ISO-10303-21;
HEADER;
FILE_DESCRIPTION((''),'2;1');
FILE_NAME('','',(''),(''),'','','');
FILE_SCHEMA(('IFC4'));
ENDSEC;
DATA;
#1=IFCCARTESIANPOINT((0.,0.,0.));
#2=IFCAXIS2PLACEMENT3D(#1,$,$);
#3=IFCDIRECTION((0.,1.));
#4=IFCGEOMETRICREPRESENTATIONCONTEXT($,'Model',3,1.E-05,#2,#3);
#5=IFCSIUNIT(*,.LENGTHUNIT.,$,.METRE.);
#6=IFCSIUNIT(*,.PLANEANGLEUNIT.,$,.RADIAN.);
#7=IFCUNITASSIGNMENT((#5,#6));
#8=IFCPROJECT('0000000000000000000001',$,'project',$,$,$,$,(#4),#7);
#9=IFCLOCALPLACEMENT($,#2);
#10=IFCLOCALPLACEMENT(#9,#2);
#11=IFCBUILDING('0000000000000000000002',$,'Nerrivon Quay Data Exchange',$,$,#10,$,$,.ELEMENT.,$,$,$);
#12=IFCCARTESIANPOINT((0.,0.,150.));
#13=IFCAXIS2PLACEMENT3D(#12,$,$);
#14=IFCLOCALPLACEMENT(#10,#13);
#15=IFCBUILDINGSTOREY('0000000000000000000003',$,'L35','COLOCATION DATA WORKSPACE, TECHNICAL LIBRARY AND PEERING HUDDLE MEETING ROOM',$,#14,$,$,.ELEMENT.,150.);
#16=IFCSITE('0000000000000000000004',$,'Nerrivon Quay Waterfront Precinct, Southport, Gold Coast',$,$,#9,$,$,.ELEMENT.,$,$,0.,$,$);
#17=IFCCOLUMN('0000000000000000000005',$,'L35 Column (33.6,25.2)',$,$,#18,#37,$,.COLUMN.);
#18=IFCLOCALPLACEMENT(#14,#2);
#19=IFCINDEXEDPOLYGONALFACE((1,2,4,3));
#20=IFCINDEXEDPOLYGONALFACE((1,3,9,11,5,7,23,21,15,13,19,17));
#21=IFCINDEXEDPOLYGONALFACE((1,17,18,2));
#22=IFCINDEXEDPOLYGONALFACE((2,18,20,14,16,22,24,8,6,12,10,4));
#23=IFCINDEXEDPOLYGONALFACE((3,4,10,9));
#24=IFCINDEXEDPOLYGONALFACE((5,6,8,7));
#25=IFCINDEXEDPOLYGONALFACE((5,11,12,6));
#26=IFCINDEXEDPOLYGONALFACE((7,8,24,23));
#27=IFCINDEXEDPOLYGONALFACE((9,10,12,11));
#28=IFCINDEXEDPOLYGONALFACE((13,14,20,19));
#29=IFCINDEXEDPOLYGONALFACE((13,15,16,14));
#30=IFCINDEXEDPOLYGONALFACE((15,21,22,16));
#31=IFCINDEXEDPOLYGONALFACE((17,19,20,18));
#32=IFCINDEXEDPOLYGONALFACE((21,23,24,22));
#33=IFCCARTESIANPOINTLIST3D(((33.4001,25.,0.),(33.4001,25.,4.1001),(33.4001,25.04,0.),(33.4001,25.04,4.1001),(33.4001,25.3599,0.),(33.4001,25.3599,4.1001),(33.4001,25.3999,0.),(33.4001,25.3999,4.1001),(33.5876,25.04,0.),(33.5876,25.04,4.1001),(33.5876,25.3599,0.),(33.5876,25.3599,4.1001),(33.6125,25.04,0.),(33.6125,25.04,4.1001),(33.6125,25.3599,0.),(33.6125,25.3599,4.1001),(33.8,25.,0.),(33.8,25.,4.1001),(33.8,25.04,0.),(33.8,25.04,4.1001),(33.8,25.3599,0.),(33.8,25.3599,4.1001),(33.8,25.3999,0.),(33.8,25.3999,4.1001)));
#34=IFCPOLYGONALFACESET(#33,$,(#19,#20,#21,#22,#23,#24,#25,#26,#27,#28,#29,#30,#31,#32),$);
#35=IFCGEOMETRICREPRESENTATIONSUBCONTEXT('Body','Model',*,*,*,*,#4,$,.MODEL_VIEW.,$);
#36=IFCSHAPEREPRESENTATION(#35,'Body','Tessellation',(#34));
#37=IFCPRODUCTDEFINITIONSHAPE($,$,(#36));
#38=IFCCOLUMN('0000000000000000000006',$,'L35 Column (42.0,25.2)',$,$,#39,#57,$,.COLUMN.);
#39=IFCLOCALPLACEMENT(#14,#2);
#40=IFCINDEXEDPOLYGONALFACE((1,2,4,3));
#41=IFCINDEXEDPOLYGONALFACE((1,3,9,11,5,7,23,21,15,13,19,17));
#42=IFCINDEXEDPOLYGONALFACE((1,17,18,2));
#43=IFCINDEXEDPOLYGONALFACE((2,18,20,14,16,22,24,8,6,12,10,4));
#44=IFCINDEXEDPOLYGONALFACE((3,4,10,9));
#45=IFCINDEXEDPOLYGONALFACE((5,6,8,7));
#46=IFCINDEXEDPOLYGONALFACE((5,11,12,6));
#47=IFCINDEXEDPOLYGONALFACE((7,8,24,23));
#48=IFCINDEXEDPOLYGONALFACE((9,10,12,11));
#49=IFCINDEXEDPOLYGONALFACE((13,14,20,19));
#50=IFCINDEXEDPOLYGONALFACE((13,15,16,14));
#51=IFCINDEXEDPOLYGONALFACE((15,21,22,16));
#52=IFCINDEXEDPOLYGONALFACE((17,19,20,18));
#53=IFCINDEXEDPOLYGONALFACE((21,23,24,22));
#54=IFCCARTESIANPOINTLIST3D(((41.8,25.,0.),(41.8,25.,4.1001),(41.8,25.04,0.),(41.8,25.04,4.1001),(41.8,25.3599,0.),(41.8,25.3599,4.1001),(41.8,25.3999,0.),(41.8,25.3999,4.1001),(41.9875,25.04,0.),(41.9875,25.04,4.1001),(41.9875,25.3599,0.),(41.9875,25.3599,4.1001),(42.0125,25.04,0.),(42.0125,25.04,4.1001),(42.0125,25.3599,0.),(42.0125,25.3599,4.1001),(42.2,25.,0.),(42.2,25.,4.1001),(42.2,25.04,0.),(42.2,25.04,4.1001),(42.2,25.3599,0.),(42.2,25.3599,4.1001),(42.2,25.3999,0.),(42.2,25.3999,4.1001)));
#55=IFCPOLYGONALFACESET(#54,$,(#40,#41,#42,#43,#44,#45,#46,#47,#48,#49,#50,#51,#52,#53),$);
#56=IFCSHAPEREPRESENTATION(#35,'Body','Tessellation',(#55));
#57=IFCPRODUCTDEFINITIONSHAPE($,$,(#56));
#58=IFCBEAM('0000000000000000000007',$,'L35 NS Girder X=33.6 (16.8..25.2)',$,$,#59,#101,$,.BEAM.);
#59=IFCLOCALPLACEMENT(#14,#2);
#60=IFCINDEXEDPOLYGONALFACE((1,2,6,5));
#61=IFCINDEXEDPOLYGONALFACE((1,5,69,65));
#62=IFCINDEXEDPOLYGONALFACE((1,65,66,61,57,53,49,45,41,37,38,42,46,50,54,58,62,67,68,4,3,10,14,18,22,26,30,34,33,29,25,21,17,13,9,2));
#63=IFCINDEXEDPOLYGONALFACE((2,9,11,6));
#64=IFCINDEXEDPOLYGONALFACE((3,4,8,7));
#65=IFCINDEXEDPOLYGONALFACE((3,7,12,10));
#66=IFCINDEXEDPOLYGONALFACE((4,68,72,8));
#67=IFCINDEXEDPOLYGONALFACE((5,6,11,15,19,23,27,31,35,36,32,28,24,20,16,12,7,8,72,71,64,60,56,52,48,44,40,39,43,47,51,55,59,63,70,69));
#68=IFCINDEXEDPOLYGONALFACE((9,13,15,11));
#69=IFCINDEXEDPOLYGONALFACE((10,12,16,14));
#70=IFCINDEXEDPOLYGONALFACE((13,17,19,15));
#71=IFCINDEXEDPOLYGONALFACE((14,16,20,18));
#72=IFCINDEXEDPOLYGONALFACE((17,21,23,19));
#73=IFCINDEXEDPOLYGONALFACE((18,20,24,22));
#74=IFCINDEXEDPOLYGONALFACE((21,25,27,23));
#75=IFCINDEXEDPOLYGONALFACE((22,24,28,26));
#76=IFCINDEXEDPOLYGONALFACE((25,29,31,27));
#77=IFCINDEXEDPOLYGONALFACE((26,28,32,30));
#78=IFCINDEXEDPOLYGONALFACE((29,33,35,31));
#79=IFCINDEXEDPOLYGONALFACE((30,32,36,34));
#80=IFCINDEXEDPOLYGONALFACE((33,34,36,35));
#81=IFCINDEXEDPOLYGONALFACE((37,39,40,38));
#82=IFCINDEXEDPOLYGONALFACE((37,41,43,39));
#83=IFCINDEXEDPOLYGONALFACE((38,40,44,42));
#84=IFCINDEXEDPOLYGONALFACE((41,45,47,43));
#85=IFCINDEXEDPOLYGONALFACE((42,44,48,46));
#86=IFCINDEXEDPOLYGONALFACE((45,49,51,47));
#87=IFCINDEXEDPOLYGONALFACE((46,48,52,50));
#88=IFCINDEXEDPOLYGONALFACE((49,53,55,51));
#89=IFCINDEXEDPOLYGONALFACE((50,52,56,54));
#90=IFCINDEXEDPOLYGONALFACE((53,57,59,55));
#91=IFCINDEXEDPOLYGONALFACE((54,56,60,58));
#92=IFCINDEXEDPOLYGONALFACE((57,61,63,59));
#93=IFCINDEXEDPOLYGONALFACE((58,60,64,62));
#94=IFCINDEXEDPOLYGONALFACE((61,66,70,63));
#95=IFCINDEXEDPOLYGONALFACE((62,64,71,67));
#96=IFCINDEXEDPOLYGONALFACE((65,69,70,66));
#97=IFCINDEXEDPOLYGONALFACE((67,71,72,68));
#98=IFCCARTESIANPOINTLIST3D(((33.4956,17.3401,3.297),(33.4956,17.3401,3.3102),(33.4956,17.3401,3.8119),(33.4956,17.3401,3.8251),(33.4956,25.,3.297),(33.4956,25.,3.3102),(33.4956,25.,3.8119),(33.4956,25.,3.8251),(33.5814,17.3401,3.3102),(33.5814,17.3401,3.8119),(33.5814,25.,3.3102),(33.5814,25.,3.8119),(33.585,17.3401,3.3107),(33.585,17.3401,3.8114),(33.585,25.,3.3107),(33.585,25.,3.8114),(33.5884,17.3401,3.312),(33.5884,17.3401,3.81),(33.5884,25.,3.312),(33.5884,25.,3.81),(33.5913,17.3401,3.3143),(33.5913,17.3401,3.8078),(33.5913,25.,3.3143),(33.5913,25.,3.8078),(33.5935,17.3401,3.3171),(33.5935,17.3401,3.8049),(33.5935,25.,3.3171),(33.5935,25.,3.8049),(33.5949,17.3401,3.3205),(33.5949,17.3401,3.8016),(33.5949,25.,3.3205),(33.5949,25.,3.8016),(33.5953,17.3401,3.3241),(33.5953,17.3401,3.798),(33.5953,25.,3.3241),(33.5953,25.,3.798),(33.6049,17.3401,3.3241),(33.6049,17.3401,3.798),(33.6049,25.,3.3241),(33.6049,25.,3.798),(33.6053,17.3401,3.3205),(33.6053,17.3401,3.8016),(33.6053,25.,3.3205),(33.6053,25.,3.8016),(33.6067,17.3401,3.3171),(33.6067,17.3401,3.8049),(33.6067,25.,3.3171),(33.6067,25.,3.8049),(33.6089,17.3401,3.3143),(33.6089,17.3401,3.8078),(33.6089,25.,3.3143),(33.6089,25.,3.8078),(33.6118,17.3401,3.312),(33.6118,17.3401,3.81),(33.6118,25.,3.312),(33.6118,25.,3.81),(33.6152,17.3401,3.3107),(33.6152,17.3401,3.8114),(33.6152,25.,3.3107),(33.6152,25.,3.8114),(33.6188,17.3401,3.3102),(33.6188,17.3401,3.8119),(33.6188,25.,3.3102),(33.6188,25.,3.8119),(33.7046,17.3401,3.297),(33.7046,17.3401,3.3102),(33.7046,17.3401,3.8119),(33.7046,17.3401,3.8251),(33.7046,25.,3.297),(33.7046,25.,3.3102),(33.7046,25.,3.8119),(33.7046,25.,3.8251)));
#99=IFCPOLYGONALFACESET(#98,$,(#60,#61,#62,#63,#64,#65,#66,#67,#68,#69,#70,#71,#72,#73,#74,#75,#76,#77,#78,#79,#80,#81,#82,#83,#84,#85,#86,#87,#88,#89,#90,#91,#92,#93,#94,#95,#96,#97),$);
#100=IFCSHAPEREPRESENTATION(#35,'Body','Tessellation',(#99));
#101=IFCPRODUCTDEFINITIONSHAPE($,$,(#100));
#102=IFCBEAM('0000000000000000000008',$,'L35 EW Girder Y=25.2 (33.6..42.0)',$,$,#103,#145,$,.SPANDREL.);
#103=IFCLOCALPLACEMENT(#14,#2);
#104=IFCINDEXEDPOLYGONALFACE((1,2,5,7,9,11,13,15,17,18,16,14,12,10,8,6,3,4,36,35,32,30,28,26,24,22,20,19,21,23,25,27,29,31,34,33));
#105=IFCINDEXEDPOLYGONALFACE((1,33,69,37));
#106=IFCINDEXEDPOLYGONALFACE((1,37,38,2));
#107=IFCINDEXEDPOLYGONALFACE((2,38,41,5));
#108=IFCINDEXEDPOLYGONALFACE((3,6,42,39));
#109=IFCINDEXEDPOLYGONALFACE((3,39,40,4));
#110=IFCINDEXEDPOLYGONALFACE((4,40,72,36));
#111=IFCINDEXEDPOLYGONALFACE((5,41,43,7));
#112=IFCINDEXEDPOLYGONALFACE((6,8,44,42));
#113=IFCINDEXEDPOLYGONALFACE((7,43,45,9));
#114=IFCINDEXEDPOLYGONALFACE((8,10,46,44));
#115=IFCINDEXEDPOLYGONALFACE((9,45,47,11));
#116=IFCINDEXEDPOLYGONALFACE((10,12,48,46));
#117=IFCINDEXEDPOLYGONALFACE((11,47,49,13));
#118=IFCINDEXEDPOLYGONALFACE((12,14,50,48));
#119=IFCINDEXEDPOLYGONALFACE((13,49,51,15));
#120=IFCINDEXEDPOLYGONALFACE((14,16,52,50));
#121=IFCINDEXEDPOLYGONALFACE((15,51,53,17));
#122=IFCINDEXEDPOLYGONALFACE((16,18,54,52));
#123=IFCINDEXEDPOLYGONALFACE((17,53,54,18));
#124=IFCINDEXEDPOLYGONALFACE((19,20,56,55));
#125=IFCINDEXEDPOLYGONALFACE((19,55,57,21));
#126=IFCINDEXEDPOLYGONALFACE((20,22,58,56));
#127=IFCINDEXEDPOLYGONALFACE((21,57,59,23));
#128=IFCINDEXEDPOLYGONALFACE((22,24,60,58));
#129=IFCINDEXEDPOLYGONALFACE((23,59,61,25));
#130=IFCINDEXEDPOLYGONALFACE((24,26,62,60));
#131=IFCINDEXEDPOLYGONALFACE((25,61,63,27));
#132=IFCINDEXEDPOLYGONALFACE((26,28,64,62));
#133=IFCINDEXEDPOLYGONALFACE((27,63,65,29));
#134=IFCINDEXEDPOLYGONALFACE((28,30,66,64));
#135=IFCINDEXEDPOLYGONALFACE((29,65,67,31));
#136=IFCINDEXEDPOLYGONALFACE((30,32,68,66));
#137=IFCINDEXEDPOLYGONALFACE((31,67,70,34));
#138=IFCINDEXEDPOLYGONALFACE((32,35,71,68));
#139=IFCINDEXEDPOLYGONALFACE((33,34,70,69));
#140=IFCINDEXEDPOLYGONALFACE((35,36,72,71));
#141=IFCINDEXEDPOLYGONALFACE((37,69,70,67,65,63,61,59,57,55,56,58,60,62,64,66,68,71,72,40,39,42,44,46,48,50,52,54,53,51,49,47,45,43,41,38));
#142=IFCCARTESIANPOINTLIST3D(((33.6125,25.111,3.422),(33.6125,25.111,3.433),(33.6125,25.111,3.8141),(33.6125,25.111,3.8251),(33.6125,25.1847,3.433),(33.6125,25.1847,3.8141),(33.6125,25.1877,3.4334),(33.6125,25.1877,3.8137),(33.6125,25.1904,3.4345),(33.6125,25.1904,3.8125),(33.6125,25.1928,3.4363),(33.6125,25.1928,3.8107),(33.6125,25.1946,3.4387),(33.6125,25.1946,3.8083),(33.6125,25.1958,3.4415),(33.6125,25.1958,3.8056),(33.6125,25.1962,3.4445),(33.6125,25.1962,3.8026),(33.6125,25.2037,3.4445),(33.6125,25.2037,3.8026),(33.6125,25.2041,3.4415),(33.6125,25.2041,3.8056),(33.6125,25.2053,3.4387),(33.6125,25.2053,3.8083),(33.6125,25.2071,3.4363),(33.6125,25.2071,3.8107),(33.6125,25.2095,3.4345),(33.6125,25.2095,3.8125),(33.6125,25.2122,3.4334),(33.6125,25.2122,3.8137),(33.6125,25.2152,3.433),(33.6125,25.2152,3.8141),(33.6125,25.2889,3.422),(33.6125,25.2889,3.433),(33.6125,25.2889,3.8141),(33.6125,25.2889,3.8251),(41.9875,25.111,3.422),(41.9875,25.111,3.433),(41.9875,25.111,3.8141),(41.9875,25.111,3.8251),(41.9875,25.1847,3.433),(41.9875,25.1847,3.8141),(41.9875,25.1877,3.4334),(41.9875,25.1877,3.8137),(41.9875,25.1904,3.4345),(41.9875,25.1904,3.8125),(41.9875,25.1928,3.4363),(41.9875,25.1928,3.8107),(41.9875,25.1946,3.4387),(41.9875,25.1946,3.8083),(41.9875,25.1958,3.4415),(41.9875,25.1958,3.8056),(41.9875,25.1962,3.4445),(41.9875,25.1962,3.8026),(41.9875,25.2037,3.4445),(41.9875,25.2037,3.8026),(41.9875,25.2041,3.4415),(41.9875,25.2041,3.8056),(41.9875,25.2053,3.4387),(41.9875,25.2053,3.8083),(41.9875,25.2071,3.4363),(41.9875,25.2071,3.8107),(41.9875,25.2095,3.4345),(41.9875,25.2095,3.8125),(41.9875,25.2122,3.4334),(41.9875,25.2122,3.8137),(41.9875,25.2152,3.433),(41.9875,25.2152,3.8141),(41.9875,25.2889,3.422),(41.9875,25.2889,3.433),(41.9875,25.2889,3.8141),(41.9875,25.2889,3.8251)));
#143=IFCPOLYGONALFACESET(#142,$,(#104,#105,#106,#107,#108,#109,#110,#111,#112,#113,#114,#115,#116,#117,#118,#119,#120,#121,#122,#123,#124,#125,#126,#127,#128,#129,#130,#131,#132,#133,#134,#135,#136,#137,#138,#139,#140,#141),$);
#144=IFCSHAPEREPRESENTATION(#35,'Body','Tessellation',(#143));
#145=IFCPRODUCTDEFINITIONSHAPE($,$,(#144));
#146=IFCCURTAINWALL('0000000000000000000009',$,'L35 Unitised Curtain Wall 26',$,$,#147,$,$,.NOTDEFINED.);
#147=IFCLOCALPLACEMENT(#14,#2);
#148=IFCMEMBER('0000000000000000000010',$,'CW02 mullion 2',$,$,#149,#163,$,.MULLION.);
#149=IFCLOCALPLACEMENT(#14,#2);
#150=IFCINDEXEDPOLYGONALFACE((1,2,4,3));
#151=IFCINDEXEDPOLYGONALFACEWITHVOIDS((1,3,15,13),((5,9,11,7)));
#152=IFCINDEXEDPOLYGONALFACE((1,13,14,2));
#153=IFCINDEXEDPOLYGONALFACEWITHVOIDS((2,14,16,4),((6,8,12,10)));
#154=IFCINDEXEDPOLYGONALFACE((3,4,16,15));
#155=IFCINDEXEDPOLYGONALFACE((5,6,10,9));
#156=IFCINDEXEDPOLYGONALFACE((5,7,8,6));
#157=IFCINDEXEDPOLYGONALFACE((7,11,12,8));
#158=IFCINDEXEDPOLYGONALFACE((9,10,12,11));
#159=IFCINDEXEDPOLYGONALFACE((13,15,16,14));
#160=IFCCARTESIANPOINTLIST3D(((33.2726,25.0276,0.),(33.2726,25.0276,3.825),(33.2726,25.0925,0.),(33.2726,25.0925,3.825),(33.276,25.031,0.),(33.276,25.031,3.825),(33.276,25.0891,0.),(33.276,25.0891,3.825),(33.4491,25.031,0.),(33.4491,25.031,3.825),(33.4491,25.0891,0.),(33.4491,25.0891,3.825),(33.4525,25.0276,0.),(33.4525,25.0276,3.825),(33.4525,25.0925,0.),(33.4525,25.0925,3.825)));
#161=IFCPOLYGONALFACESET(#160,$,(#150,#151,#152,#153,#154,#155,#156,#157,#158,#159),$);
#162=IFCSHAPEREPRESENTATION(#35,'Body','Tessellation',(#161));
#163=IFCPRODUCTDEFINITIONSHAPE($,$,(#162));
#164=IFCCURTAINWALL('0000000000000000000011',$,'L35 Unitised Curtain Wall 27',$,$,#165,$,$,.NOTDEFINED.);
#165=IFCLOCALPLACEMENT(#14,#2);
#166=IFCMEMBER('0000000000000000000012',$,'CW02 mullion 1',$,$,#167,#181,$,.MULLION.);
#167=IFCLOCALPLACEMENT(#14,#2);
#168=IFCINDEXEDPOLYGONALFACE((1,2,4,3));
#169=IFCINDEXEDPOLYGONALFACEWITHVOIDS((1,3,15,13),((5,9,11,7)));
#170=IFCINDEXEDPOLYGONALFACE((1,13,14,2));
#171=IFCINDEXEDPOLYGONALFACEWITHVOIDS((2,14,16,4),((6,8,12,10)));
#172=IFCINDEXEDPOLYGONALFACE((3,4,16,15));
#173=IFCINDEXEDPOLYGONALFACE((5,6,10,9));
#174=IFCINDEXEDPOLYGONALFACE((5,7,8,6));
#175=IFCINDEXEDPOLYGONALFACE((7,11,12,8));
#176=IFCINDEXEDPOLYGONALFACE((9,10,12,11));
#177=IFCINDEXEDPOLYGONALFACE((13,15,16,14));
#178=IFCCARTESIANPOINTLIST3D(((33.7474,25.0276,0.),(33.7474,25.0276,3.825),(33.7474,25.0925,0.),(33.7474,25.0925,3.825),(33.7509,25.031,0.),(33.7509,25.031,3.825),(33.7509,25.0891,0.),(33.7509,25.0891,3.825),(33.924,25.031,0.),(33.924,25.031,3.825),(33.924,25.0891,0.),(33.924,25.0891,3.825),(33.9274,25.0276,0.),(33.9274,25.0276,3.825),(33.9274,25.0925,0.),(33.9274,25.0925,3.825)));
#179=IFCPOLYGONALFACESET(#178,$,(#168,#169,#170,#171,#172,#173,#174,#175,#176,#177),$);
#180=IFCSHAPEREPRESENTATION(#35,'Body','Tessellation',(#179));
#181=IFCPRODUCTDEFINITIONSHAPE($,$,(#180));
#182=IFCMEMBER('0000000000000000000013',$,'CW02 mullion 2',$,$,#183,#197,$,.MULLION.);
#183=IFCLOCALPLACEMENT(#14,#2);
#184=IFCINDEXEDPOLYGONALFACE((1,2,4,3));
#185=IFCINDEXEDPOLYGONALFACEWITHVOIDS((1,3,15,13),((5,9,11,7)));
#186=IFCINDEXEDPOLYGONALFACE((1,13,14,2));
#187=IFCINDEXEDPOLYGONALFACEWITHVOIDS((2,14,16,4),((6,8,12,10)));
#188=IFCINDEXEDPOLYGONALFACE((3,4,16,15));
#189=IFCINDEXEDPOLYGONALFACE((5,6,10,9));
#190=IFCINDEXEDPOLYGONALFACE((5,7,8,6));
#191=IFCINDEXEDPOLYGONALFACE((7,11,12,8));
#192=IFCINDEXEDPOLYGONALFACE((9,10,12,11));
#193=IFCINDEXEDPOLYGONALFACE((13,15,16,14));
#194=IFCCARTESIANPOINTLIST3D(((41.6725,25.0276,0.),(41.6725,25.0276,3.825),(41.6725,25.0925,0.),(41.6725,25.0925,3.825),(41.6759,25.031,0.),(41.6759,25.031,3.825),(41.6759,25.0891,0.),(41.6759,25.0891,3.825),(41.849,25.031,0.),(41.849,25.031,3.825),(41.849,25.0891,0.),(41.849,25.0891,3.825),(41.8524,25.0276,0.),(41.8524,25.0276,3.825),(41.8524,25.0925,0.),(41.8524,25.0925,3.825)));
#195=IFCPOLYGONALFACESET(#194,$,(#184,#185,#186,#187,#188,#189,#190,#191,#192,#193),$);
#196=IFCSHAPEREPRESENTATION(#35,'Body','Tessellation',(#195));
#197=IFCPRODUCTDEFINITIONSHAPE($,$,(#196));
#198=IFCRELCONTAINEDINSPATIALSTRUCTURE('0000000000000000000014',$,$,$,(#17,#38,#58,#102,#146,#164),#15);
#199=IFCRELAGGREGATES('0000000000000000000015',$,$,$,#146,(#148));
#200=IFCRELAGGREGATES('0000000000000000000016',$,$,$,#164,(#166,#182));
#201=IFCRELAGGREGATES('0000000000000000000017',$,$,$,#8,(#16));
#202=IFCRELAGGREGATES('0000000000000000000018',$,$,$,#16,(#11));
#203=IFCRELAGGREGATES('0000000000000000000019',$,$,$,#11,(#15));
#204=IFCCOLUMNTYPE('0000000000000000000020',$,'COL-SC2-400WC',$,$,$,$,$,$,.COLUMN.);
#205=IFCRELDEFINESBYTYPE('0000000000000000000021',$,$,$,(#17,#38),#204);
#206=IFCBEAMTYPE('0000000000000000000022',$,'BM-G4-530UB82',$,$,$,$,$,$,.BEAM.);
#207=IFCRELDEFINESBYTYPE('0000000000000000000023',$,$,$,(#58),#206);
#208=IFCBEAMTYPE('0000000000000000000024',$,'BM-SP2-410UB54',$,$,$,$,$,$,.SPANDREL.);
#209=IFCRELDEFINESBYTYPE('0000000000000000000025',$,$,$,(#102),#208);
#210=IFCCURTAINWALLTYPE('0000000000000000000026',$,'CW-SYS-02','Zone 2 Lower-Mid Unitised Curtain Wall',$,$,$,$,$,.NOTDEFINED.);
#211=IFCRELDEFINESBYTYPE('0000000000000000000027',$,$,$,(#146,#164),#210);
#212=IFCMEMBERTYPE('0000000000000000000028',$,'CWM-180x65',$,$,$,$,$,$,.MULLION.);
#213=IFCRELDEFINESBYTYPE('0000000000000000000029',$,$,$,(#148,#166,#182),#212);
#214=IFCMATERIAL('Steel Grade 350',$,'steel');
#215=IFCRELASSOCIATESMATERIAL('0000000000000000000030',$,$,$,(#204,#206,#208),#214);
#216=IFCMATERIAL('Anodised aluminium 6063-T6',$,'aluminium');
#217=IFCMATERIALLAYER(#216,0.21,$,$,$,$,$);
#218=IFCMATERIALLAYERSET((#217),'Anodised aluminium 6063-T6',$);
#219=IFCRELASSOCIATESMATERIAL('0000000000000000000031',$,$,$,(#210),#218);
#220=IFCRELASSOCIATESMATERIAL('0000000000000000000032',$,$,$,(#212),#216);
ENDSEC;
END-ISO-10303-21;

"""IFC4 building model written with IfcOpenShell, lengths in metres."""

from ifc_helpers import new_model, si_unit, direction, frame, origin, origin_2d, place, context, subcontext, project, spatial, hollow_rectangle, i_section, extrude, material, layer, layer_set, material_profile, profile_set, type_object, element, aggregate, save


model = new_model("IFC4")

# Units and contexts
model_context = context("Model", 3, precision=1e-05, world=origin(), true_north=direction((0.0, 1.0)))
body_context = subcontext(model_context, "Body", "Model", "MODEL_VIEW")
ifc_project = project(units=[si_unit("LENGTHUNIT", "METRE"), si_unit("PLANEANGLEUNIT", "RADIAN")], contexts=[model_context])

# Site, building, storey
site_placement = place(None, origin())
site = spatial("IfcSite", under=ifc_project, at=site_placement, Name="Nerrivon Quay Waterfront Precinct, Southport, Gold Coast", CompositionType="ELEMENT", RefElevation=0.0)
building_placement = place(site_placement, origin())
building = spatial("IfcBuilding", under=site, at=building_placement, Name="Nerrivon Quay Data Exchange", CompositionType="ELEMENT")
storey_placement = place(building_placement, frame((0.0, 0.0, 150.0)))
storey = spatial("IfcBuildingStorey", under=building, at=storey_placement, Name="L35", Description="COLOCATION DATA WORKSPACE, TECHNICAL LIBRARY AND PEERING HUDDLE MEETING ROOM", CompositionType="ELEMENT", Elevation=150.0)

# Columns
ifc_material_1 = material(Name="Steel Grade 350", Category="steel")
ifc_material_profile_1 = material_profile(ifc_material_1, i_section(OverallWidth=0.3999, OverallDepth=0.3999, WebThickness=0.0249, FlangeThickness=0.04, at=origin_2d()), Name="400WC328")
ifc_profile_set_1 = profile_set([ifc_material_profile_1], Name="Steel Grade 350")
column_type = type_object("IfcColumnType", Name="COL-SC2-400WC", PredefinedType="COLUMN", material=ifc_profile_set_1)
for number, where, z_axis, x_axis, name in (
    (1, (33.6001, 25.2, 0.0), (0.0, 0.0, 1.0), (1.0, 0.0, 0.0), "L35 Column (33.6,25.2)"),
    (2, (42.0, 25.2, 0.0), (0.0, 0.0, 1.0), (1.0, 0.0, 0.0), "L35 Column (42.0,25.2)"),
):
    element("IfcColumn", number, at=place(storey_placement, frame(where, z_axis=z_axis, x_axis=x_axis)), inside=storey, type_object=column_type, Name=name, PredefinedType="COLUMN", context=body_context, shape_type="SweptSolid", body=[
        extrude(i_section(OverallWidth=0.3999, OverallDepth=0.3999, WebThickness=0.0249, FlangeThickness=0.04, at=origin_2d()), origin(), (0.0, 0.0, 1.0), 4.1001),
    ])

# Beams
ifc_material_profile_2 = material_profile(ifc_material_1, i_section(OverallWidth=0.209, OverallDepth=0.5281, WebThickness=0.0095, FlangeThickness=0.0132, FilletRadius=0.0139, at=origin_2d()), Name="530UB82.0")
ifc_profile_set_2 = profile_set([ifc_material_profile_2], Name="Steel Grade 350")
beam_type_1 = type_object("IfcBeamType", Name="BM-G4-530UB82", PredefinedType="BEAM", material=ifc_profile_set_2)
beam_1_placement = place(storey_placement, frame((33.6001, 17.3401, 3.561), z_axis=(0.0, 1.0, 0.0), x_axis=(-1.0, 0.0, 0.0)))
element("IfcBeam", 3, at=beam_1_placement, inside=storey, type_object=beam_type_1, Name="L35 NS Girder X=33.6 (16.8..25.2)", PredefinedType="BEAM", context=body_context, shape_type="SweptSolid", body=[
    extrude(i_section(OverallWidth=0.209, OverallDepth=0.5281, WebThickness=0.0095, FlangeThickness=0.0132, FilletRadius=0.0139, at=origin_2d()), origin(), (0.0, 0.0, 1.0), 7.6599),
])
ifc_material_profile_3 = material_profile(ifc_material_1, i_section(OverallWidth=0.178, OverallDepth=0.4031, WebThickness=0.0076, FlangeThickness=0.011, FilletRadius=0.0115, at=origin_2d()), Name="410UB53.7")
ifc_profile_set_3 = profile_set([ifc_material_profile_3], Name="Steel Grade 350")
beam_type_2 = type_object("IfcBeamType", Name="BM-SP2-410UB54", PredefinedType="SPANDREL", material=ifc_profile_set_3)
beam_2_placement = place(storey_placement, frame((33.6125, 25.2, 3.6235), z_axis=(1.0, 0.0, 0.0), x_axis=(0.0, 1.0, 0.0)))
element("IfcBeam", 4, at=beam_2_placement, inside=storey, type_object=beam_type_2, Name="L35 EW Girder Y=25.2 (33.6..42.0)", PredefinedType="SPANDREL", context=body_context, shape_type="SweptSolid", body=[
    extrude(i_section(OverallWidth=0.178, OverallDepth=0.4031, WebThickness=0.0076, FlangeThickness=0.011, FilletRadius=0.0115, at=origin_2d()), origin(), (0.0, 0.0, 1.0), 8.375),
])

# Curtain wall, member
ifc_material_2 = material(Name="Anodised aluminium 6063-T6", Category="aluminium")
ifc_layer_1 = layer(ifc_material_2, 0.21)
ifc_layer_set_1 = layer_set([ifc_layer_1], Name="Anodised aluminium 6063-T6")
curtain_wall_type = type_object("IfcCurtainWallType", Name="CW-SYS-02", Description="Zone 2 Lower-Mid Unitised Curtain Wall", PredefinedType="NOTDEFINED", material=ifc_layer_set_1)
curtain_wall_1_placement = place(storey_placement, origin())
curtain_wall_1 = element("IfcCurtainWall", 5, at=curtain_wall_1_placement, inside=storey, type_object=curtain_wall_type, Name="L35 Unitised Curtain Wall 26", PredefinedType="NOTDEFINED")
ifc_material_profile_4 = material_profile(ifc_material_2, hollow_rectangle(XDim=0.0649, YDim=0.1799, WallThickness=0.0034, at=origin_2d()), Name="ALU-MULL-180x65")
ifc_profile_set_4 = profile_set([ifc_material_profile_4], Name="Anodised aluminium 6063-T6")
member_type_1 = type_object("IfcMemberType", Name="CWM-180x65", PredefinedType="MULLION", material=ifc_profile_set_4)
member_1_placement = place(storey_placement, frame((33.3625, 25.0601, 0.0), z_axis=(0.0, 0.0, 1.0), x_axis=(0.0, 1.0, 0.0)))
member_1 = element("IfcMember", 6, at=member_1_placement, type_object=member_type_1, Name="CW02 mullion 2", PredefinedType="MULLION", context=body_context, shape_type="SweptSolid", body=[
    extrude(hollow_rectangle(XDim=0.0649, YDim=0.1799, WallThickness=0.0034, at=origin_2d()), origin(), (0.0, 0.0, 1.0), 3.825),
])

# Curtain wall, members
curtain_wall_2_placement = place(storey_placement, origin())
curtain_wall_2 = element("IfcCurtainWall", 7, at=curtain_wall_2_placement, inside=storey, type_object=curtain_wall_type, Name="L35 Unitised Curtain Wall 27", PredefinedType="NOTDEFINED")
member_2_placement = place(storey_placement, frame((33.8374, 25.0601, 0.0), z_axis=(0.0, 0.0, 1.0), x_axis=(0.0, 1.0, 0.0)))
member_2 = element("IfcMember", 8, at=member_2_placement, type_object=member_type_1, Name="CW02 mullion 1", PredefinedType="MULLION", context=body_context, shape_type="SweptSolid", body=[
    extrude(hollow_rectangle(XDim=0.0649, YDim=0.1799, WallThickness=0.0034, at=origin_2d()), origin(), (0.0, 0.0, 1.0), 3.825),
])
member_3_placement = place(storey_placement, frame((41.7625, 25.0601, 0.0), z_axis=(0.0, 0.0, 1.0), x_axis=(0.0, 1.0, 0.0)))
member_3 = element("IfcMember", 9, at=member_3_placement, type_object=member_type_1, Name="CW02 mullion 2", PredefinedType="MULLION", context=body_context, shape_type="SweptSolid", body=[
    extrude(hollow_rectangle(XDim=0.0649, YDim=0.1799, WallThickness=0.0034, at=origin_2d()), origin(), (0.0, 0.0, 1.0), 3.825),
])

aggregate(curtain_wall_1, [member_1])
aggregate(curtain_wall_2, [member_2, member_3])

save(model, "model.ifc")
